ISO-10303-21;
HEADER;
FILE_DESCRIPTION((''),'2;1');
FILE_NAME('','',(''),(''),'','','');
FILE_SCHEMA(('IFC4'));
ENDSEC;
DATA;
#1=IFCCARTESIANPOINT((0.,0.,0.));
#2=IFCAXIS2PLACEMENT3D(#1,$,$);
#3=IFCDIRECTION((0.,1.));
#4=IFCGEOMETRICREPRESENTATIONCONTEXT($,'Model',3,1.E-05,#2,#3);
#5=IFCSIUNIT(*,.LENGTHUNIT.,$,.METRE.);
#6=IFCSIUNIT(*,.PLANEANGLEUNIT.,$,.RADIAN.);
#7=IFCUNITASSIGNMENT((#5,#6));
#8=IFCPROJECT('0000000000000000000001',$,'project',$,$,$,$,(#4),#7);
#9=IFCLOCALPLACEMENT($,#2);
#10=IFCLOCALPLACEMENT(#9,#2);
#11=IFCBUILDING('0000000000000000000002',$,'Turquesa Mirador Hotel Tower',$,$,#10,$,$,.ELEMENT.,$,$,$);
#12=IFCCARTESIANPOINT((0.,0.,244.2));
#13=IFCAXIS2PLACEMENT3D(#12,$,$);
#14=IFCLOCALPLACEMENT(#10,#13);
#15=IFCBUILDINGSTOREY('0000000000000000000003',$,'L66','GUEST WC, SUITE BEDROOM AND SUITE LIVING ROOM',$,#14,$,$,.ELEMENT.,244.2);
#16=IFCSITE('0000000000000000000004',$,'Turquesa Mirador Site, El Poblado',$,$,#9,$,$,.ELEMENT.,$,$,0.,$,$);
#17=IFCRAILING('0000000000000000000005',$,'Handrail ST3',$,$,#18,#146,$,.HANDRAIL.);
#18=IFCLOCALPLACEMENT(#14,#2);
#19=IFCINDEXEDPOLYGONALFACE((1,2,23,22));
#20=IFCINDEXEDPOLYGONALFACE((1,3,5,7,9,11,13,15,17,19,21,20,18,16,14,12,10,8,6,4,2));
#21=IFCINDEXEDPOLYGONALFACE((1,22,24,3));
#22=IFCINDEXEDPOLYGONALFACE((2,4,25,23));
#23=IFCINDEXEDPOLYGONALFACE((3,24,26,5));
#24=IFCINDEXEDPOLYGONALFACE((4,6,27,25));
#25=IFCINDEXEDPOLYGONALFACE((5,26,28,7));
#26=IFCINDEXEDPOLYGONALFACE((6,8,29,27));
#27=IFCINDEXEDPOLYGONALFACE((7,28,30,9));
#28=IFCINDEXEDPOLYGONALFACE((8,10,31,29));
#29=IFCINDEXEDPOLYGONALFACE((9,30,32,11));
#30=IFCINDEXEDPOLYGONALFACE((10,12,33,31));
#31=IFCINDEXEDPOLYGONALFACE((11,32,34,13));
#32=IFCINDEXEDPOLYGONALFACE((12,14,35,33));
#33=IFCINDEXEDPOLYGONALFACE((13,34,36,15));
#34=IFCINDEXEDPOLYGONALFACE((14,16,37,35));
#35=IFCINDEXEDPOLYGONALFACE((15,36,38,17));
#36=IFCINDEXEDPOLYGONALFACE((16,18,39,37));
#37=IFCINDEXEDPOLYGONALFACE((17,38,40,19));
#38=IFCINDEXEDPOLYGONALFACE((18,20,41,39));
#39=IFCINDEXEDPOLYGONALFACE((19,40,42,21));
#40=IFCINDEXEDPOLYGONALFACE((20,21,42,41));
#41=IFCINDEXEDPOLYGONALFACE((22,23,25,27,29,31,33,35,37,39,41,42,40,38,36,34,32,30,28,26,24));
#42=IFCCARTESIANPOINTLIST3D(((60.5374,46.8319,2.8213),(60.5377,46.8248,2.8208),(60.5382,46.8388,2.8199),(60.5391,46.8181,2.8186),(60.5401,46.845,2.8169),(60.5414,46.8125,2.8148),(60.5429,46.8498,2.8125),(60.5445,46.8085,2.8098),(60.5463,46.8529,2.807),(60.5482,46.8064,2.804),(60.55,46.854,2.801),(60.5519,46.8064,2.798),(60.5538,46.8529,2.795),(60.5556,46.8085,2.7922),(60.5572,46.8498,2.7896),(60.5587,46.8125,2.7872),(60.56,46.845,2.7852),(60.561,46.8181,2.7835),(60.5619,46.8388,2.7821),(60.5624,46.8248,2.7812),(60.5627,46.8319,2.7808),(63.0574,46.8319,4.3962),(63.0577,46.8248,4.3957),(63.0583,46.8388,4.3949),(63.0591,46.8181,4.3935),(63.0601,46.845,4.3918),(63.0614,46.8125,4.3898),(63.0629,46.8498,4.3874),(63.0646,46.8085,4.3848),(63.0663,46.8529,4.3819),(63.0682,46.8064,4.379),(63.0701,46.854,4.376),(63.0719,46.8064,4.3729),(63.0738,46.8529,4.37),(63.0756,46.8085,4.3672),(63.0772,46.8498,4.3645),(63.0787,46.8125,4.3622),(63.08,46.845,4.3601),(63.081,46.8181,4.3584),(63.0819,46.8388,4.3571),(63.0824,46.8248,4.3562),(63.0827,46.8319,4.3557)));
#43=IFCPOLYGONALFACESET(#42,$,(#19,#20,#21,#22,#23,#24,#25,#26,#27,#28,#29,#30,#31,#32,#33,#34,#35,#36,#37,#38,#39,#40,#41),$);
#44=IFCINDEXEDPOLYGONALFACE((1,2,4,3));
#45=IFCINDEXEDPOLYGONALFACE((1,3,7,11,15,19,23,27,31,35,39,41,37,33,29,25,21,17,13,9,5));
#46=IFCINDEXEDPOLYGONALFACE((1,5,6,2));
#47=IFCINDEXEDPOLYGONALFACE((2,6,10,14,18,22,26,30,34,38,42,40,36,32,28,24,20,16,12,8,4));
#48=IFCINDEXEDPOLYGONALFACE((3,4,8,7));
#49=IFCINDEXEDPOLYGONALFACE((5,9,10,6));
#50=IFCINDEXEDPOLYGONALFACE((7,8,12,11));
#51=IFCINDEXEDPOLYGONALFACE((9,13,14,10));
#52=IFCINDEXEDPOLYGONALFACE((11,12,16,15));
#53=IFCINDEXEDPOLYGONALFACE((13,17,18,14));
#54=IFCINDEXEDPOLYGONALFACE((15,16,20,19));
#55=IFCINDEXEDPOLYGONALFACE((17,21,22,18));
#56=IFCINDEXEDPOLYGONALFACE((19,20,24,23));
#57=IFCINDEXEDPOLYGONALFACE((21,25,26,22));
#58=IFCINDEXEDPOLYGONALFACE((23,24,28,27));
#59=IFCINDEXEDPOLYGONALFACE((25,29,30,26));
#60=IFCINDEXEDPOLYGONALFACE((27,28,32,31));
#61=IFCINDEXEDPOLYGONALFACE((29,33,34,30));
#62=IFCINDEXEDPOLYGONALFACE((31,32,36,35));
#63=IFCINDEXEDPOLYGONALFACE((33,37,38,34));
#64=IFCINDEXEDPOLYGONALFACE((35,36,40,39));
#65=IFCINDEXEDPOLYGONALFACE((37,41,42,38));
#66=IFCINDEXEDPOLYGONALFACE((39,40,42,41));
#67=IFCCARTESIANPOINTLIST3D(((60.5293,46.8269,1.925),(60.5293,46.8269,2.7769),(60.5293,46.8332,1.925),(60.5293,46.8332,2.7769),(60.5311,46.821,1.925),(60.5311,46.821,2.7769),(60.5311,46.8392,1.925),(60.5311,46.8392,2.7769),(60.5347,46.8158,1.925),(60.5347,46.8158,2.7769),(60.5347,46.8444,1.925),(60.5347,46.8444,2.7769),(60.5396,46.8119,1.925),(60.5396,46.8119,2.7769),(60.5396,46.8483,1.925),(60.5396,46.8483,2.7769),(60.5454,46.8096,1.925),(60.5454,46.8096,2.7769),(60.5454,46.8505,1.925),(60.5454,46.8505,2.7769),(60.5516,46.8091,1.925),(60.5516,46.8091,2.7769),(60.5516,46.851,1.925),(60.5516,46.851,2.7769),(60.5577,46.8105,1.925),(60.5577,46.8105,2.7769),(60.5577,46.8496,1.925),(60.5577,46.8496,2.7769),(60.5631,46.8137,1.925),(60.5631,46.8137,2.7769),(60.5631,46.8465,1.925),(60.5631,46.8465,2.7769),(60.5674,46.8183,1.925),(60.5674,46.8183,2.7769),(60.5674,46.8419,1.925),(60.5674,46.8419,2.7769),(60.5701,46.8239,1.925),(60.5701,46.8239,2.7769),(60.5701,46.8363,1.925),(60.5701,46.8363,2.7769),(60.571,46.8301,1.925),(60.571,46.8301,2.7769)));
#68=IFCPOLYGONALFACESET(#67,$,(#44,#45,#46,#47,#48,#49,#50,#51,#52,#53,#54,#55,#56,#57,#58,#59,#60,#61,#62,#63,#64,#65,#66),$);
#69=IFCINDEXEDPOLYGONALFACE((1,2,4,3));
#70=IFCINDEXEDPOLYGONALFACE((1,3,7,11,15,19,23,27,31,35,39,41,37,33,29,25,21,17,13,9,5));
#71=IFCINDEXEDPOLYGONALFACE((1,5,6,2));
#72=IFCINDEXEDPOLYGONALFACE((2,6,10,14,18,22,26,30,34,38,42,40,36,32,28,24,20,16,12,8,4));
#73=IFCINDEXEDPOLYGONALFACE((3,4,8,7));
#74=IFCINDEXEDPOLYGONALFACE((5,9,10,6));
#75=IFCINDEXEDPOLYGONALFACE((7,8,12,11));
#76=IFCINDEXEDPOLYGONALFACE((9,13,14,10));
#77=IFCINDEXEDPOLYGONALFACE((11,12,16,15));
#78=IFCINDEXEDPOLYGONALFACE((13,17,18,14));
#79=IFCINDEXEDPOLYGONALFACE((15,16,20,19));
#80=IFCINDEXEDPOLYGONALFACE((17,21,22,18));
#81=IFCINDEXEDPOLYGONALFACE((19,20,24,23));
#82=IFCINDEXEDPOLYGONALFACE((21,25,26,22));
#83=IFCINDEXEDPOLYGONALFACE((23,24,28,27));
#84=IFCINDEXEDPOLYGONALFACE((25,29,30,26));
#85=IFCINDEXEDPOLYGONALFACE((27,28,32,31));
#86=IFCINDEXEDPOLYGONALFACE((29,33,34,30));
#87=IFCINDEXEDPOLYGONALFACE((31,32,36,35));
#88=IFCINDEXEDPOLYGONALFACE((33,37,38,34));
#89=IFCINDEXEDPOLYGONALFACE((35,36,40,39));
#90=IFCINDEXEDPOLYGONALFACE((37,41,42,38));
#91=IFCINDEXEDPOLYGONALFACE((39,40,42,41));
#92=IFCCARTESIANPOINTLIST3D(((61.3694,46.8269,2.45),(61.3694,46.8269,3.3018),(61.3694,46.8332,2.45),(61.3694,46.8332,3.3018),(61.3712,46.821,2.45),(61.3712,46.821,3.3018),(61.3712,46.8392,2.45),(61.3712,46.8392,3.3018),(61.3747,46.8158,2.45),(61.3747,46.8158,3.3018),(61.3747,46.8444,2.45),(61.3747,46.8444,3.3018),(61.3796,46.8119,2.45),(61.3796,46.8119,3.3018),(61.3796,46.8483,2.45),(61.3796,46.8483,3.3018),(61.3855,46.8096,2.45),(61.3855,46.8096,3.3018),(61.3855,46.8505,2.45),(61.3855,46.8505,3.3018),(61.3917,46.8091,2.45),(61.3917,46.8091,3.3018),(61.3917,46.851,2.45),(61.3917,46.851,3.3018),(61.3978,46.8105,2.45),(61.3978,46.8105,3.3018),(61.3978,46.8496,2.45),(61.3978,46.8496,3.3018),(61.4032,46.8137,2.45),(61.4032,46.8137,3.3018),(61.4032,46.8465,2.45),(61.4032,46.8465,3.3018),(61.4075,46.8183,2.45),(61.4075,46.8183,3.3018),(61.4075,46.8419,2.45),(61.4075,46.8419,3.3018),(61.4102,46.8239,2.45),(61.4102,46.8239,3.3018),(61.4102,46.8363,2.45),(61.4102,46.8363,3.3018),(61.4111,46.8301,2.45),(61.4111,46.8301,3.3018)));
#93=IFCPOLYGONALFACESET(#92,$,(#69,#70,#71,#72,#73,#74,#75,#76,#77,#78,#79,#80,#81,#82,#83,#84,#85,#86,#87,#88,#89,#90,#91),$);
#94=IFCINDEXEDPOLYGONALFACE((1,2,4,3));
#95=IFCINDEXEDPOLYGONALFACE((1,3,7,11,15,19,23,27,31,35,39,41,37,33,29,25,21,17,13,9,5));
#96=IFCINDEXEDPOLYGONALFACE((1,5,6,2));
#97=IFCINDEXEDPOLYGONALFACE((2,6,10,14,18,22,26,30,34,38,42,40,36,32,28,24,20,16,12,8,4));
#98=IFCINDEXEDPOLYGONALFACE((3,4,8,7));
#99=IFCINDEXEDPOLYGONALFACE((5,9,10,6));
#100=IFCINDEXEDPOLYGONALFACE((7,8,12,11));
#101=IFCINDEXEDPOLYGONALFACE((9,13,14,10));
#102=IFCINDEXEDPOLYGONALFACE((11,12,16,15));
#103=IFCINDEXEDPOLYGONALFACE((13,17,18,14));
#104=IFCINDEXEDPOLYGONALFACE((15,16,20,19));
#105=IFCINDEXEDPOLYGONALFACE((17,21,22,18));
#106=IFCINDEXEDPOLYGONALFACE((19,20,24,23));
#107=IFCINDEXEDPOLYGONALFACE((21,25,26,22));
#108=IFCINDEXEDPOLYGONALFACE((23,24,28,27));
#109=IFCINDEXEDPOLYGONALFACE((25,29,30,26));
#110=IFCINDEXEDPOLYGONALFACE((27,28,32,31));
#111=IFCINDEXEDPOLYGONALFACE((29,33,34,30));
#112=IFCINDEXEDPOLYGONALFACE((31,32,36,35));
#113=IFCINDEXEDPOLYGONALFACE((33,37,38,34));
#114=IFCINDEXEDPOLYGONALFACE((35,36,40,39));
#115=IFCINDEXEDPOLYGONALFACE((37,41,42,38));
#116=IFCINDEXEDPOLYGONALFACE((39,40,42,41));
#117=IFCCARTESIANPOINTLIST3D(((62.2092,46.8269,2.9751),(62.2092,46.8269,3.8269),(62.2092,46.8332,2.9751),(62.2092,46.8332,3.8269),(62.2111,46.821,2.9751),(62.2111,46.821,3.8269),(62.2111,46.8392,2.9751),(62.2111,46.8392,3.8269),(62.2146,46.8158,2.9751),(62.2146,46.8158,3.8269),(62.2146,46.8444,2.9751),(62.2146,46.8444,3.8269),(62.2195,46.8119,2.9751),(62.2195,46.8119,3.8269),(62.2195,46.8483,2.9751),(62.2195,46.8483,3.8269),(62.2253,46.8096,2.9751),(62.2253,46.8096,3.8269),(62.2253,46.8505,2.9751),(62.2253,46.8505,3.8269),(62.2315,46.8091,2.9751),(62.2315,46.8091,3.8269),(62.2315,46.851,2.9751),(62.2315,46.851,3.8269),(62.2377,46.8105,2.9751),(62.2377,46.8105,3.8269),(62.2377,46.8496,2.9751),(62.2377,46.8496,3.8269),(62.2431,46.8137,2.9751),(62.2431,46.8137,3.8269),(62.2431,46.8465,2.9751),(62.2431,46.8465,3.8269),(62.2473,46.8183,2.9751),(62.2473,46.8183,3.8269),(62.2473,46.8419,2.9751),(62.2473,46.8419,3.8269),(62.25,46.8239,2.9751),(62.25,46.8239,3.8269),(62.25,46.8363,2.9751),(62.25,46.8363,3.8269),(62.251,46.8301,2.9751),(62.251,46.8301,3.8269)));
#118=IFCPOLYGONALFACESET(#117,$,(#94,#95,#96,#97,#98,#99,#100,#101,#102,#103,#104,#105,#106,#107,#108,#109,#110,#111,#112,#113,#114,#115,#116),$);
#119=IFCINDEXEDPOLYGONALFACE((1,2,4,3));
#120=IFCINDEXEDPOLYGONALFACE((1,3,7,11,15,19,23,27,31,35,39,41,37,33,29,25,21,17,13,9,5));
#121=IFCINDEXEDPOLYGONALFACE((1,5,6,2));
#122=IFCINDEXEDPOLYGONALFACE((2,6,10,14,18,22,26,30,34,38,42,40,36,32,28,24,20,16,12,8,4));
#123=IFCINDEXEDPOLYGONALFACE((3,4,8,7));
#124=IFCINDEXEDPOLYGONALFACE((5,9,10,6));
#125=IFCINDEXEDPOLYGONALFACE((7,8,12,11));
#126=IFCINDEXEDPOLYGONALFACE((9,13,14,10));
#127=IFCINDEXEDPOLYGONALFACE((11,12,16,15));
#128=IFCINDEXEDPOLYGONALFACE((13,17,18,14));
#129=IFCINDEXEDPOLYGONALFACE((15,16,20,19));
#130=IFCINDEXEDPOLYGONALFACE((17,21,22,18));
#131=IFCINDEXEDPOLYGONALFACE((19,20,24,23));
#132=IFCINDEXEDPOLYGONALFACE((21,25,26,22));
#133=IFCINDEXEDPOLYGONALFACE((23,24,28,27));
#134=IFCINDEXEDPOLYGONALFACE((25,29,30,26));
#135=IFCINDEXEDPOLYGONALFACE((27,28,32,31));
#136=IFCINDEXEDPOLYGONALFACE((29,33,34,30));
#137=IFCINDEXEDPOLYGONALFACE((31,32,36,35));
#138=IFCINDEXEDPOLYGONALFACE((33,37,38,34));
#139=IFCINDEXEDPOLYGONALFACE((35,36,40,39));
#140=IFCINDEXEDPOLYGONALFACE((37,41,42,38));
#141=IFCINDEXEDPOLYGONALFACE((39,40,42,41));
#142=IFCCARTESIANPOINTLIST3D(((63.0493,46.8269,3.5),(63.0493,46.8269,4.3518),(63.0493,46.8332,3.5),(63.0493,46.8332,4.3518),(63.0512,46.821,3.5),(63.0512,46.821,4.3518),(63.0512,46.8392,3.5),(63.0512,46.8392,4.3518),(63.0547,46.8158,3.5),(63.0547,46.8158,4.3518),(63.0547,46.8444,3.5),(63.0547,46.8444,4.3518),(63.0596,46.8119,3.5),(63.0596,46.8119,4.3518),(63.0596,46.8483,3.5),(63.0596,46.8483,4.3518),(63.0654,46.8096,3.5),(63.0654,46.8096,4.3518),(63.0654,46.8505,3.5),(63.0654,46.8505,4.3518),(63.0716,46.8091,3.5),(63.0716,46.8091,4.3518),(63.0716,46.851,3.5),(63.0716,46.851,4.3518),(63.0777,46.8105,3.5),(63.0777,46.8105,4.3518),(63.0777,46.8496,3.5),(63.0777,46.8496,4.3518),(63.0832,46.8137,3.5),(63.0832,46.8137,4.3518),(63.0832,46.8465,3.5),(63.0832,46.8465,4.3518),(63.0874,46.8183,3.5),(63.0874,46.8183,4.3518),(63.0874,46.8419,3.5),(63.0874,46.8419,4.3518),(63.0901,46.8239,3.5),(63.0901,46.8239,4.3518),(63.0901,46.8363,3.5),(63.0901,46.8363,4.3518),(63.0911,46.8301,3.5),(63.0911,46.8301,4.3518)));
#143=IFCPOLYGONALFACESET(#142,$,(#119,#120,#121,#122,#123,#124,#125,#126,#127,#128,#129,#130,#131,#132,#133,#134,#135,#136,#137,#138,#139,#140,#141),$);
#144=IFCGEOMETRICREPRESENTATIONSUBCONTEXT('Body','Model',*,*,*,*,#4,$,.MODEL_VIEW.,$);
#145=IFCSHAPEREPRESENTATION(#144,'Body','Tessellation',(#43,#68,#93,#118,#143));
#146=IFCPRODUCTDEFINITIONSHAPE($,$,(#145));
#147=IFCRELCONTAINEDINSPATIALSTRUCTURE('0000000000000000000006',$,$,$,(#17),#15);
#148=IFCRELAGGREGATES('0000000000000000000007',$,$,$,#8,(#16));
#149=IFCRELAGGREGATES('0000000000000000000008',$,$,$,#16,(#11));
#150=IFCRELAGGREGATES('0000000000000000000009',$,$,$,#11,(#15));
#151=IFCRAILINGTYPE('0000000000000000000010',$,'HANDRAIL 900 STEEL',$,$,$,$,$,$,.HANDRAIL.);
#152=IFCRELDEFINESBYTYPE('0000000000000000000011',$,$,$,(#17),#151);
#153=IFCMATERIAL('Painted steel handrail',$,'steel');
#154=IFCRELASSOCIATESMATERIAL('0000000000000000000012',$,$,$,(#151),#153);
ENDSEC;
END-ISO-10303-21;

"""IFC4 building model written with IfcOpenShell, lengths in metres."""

from ifc_helpers import new_model, si_unit, direction, frame, origin, origin_2d, place, context, subcontext, project, spatial, circle, extrude, material, type_object, element, save


model = new_model("IFC4")

# Units and contexts
model_context = context("Model", 3, precision=1e-05, world=origin(), true_north=direction((0.0, 1.0)))
body_context = subcontext(model_context, "Body", "Model", "MODEL_VIEW")
ifc_project = project(units=[si_unit("LENGTHUNIT", "METRE"), si_unit("PLANEANGLEUNIT", "RADIAN")], contexts=[model_context])

# Site, building, storey
site_placement = place(None, origin())
site = spatial("IfcSite", under=ifc_project, at=site_placement, Name="Turquesa Mirador Site, El Poblado", CompositionType="ELEMENT", RefElevation=0.0)
building_placement = place(site_placement, origin())
building = spatial("IfcBuilding", under=site, at=building_placement, Name="Turquesa Mirador Hotel Tower", CompositionType="ELEMENT")
storey_placement = place(building_placement, frame((0.0, 0.0, 244.2)))
storey = spatial("IfcBuildingStorey", under=building, at=storey_placement, Name="L66", Description="GUEST WC, SUITE BEDROOM AND SUITE LIVING ROOM", CompositionType="ELEMENT", Elevation=244.2)

# Railing
ifc_material_1 = material(Name="Painted steel handrail", Category="steel")
railing_type = type_object("IfcRailingType", Name="HANDRAIL 900 STEEL", PredefinedType="HANDRAIL", material=ifc_material_1)
railing_1_placement = place(storey_placement, frame((60.55, 46.8301, 1.925)))
element("IfcRailing", 1, at=railing_1_placement, inside=storey, type_object=railing_type, Name="Handrail ST3", PredefinedType="HANDRAIL", context=body_context, shape_type="SweptSolid", body=[
    extrude(circle(Radius=0.0239, at=origin_2d()), frame((0.0, 0.0, 0.876), z_axis=(0.848008, 0.0, 0.529984), x_axis=(0.0, 1.0, 0.0)), (0.0, 0.0, 1.0), 2.9717),
    extrude(circle(Radius=0.021, at=origin_2d()), origin(), (0.0, 0.0, 1.0), 0.8518),
    extrude(circle(Radius=0.021, at=origin_2d()), frame((0.8401, 0.0, 0.5249)), (0.0, 0.0, 1.0), 0.8518),
    extrude(circle(Radius=0.021, at=origin_2d()), frame((1.6799, 0.0, 1.05)), (0.0, 0.0, 1.0), 0.8518),
    extrude(circle(Radius=0.021, at=origin_2d()), frame((2.52, 0.0, 1.575)), (0.0, 0.0, 1.0), 0.8518),
])

save(model, "model.ifc")
